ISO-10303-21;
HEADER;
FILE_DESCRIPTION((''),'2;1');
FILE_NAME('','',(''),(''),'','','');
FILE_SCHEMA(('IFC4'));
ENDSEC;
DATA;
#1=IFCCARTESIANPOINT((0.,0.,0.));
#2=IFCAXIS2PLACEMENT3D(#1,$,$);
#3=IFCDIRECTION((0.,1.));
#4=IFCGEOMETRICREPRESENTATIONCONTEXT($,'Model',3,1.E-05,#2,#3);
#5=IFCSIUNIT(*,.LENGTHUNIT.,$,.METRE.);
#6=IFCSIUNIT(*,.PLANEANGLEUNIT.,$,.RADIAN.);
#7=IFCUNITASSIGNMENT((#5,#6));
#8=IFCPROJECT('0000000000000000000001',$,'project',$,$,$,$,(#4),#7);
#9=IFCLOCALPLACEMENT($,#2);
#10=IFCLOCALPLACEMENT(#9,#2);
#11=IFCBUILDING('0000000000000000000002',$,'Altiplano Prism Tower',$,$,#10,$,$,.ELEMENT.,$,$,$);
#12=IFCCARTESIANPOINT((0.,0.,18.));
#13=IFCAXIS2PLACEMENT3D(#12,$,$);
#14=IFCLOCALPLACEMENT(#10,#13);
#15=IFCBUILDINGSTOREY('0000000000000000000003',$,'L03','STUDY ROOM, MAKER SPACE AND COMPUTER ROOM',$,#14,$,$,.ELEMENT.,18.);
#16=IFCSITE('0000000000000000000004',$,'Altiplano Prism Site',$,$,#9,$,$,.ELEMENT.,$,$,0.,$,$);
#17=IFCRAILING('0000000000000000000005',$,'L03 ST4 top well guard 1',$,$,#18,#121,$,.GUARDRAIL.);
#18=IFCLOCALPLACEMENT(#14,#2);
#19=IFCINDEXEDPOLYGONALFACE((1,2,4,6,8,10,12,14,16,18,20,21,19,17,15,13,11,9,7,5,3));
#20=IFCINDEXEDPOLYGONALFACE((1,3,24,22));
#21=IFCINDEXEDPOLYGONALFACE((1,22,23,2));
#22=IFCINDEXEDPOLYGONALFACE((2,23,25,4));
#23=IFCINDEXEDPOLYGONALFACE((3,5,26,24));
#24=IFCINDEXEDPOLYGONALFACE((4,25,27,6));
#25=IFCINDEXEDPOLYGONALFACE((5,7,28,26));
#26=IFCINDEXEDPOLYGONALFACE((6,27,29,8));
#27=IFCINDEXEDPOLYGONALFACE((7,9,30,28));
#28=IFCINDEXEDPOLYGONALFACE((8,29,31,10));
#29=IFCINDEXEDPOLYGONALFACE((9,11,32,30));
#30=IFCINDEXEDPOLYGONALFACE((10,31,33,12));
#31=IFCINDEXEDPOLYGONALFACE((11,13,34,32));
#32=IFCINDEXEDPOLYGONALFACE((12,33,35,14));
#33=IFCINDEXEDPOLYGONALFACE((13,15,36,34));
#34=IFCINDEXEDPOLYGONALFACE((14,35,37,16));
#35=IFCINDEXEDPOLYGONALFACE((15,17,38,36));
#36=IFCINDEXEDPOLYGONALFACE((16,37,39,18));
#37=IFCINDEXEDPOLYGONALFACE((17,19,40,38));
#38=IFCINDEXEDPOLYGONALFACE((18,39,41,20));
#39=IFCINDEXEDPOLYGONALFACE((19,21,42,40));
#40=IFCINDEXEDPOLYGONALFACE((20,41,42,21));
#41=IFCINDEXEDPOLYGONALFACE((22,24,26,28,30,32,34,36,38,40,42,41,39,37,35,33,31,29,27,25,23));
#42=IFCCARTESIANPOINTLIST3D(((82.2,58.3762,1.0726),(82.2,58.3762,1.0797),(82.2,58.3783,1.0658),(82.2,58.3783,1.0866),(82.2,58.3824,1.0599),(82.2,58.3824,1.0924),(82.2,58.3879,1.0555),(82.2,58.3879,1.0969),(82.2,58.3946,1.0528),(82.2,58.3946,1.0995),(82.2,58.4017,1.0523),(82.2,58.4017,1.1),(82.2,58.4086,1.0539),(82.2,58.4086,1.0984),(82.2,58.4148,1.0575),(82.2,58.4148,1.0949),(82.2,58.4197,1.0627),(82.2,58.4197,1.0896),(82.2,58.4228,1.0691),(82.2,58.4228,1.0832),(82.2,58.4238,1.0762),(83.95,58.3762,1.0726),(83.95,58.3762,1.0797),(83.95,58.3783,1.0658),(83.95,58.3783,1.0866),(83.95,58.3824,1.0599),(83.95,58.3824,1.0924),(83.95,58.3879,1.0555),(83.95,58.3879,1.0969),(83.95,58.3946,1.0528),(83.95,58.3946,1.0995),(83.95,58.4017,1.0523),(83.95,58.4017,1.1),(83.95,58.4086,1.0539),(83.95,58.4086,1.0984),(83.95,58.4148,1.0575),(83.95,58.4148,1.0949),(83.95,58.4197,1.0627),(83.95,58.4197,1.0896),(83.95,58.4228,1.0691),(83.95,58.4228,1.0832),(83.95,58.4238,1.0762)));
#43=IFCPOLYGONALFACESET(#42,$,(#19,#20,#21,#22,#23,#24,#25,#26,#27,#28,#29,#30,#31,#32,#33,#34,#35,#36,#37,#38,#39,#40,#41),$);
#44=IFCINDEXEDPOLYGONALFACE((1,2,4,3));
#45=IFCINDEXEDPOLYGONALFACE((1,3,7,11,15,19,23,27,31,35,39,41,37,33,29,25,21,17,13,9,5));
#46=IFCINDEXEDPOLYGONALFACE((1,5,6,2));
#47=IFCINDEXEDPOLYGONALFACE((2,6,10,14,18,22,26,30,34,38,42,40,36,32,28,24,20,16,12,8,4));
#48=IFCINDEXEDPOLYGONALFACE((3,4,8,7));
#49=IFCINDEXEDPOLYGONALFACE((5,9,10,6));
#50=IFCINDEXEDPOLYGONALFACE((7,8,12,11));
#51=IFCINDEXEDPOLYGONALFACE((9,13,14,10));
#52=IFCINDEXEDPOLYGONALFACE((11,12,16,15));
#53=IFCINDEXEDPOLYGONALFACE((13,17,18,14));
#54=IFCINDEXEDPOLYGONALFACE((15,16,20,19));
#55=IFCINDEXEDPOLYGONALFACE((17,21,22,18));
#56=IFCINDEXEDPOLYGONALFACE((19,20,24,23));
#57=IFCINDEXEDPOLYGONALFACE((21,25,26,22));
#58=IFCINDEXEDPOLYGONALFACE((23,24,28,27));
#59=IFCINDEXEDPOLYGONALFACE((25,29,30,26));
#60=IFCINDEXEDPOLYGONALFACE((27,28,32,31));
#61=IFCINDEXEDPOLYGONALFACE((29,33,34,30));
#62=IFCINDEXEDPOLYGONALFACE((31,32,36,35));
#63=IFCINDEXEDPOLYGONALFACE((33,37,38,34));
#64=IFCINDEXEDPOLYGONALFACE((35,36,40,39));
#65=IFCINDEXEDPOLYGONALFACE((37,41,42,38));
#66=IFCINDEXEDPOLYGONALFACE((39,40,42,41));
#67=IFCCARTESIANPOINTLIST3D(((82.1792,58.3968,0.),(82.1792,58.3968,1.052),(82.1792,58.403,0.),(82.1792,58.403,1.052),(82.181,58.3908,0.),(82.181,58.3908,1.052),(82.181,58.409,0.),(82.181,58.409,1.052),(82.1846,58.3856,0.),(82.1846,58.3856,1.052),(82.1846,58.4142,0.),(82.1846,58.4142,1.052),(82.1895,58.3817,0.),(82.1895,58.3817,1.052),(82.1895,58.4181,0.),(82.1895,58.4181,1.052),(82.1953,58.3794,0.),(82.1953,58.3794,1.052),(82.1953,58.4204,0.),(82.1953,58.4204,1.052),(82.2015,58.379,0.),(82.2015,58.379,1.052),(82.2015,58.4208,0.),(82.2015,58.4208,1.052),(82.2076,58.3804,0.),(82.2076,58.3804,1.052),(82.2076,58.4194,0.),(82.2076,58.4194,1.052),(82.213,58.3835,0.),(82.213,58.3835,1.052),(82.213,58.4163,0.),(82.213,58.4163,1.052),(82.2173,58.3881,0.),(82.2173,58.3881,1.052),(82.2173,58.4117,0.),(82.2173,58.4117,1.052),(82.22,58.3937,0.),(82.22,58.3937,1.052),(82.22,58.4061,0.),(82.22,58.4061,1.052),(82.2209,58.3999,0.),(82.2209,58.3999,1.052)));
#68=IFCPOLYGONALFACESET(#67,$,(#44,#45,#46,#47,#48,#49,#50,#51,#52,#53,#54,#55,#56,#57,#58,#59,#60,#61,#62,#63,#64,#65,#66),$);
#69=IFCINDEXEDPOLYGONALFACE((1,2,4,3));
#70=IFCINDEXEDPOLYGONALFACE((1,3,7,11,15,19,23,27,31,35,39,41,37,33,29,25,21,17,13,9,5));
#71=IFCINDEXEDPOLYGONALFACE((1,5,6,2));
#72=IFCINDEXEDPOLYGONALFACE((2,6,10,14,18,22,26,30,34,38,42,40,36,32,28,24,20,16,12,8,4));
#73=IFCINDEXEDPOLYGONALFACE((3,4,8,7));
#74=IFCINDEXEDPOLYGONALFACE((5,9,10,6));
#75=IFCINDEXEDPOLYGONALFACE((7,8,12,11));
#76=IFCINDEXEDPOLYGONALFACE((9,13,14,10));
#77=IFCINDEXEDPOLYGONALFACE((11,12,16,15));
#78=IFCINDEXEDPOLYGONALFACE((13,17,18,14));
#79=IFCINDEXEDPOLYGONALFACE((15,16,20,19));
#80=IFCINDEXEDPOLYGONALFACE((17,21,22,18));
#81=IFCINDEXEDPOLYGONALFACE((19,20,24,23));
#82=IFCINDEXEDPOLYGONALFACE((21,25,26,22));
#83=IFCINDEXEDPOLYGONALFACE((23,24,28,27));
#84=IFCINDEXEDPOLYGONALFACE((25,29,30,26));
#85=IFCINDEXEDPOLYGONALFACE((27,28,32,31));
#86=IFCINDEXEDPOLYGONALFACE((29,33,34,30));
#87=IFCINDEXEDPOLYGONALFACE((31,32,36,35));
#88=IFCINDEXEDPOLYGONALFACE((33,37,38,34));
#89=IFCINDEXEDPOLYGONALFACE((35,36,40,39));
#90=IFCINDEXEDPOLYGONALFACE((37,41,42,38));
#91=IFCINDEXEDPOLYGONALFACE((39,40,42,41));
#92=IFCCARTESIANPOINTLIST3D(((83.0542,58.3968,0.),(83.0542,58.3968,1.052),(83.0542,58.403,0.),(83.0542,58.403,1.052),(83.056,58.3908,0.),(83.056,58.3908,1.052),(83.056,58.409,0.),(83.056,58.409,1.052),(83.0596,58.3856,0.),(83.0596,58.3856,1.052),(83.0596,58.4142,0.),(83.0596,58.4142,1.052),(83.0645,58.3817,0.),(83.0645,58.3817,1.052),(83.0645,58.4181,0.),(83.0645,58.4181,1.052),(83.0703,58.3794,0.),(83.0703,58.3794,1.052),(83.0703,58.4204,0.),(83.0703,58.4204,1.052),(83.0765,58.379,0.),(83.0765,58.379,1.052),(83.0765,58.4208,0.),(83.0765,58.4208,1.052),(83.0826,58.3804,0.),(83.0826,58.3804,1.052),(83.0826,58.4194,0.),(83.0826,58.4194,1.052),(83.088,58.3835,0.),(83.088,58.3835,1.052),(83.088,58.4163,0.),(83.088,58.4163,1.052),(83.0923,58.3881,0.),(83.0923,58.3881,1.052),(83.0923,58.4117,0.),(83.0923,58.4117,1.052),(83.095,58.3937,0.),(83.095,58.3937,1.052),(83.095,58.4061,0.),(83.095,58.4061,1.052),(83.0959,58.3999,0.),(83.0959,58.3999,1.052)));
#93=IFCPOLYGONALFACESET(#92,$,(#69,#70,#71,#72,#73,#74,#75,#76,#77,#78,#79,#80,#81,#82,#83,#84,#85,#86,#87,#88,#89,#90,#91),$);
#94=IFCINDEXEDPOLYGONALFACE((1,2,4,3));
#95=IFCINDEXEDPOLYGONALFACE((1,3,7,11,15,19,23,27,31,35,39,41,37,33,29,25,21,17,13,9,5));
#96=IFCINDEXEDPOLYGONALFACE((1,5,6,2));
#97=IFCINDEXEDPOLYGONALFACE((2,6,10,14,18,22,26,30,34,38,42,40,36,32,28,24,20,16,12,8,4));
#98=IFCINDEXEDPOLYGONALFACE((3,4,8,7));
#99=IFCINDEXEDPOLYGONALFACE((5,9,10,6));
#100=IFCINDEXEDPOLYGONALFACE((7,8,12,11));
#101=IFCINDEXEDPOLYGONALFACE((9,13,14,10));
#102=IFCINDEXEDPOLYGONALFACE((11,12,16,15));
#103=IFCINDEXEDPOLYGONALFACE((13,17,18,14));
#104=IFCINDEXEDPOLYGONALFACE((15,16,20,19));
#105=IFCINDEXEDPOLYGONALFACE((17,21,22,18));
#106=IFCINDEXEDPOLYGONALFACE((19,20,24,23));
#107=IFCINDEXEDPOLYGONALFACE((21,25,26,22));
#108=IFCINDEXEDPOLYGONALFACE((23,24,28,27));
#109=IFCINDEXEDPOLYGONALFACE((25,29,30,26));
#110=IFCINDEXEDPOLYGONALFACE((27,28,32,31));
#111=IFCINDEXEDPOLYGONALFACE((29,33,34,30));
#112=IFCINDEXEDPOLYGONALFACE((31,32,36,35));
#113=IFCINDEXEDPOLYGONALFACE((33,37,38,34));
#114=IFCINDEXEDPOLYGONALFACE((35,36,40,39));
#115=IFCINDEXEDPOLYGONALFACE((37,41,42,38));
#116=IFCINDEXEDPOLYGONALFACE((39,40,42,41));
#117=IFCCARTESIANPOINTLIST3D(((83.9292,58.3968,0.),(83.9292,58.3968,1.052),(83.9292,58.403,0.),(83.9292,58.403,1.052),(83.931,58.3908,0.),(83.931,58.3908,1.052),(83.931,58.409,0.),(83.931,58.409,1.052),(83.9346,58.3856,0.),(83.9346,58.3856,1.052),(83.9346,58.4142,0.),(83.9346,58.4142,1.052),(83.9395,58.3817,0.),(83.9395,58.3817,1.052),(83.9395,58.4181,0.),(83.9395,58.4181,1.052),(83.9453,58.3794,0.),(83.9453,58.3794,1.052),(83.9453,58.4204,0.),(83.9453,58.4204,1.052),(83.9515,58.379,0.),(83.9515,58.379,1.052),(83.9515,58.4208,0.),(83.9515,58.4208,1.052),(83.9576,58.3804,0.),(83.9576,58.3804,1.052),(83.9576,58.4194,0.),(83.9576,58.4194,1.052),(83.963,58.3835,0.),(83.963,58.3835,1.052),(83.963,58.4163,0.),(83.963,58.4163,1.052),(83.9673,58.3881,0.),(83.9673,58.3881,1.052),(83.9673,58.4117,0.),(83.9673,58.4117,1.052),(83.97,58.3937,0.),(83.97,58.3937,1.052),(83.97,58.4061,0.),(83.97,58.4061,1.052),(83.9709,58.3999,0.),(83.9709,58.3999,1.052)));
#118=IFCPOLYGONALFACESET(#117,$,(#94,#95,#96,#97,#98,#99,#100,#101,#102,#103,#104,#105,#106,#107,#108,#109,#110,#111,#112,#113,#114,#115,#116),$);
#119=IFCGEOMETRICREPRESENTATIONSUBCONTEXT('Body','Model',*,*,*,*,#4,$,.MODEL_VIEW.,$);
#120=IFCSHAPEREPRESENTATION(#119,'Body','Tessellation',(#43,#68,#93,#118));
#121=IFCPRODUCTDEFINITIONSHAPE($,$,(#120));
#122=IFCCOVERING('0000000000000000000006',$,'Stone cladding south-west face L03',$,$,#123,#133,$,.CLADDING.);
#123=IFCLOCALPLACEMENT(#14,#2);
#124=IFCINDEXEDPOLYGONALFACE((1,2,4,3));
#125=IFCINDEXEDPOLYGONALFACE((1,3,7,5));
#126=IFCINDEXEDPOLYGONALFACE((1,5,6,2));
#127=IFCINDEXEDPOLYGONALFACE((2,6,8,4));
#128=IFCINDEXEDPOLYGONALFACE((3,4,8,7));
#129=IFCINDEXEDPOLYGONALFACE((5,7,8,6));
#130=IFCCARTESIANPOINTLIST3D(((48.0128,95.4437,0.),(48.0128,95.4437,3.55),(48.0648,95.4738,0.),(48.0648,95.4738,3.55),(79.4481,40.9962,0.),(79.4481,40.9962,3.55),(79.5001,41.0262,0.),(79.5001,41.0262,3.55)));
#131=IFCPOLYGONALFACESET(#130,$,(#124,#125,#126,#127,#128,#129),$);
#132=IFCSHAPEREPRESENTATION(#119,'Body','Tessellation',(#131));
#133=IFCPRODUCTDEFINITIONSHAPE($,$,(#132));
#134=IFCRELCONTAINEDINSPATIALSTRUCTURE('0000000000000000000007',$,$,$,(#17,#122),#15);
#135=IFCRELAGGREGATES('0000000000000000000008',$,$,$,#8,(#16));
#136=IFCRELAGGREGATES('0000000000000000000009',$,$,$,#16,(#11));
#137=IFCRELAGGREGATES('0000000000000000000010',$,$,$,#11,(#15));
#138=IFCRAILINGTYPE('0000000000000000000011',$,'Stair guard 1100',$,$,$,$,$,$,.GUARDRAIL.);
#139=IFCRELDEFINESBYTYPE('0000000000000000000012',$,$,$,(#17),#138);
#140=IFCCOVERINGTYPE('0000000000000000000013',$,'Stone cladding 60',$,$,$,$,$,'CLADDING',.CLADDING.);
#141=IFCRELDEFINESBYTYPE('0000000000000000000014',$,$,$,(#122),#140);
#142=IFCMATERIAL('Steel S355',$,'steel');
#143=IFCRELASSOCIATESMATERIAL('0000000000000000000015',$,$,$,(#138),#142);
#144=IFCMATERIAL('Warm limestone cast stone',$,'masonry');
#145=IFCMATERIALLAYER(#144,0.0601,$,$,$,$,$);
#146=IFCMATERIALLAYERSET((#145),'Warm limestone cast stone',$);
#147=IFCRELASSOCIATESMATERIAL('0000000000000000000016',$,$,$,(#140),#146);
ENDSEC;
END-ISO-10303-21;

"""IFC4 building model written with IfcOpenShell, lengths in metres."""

from ifc_helpers import new_model, si_unit, direction, frame, frame_2d, origin, origin_2d, place, context, subcontext, project, spatial, rectangle, circle, extrude, material, layer, layer_set, type_object, element, save


model = new_model("IFC4")

# Units and contexts
model_context = context("Model", 3, precision=1e-05, world=origin(), true_north=direction((0.0, 1.0)))
body_context = subcontext(model_context, "Body", "Model", "MODEL_VIEW")
ifc_project = project(units=[si_unit("LENGTHUNIT", "METRE"), si_unit("PLANEANGLEUNIT", "RADIAN")], contexts=[model_context])

# Site, building, storey
site_placement = place(None, origin())
site = spatial("IfcSite", under=ifc_project, at=site_placement, Name="Altiplano Prism Site", CompositionType="ELEMENT", RefElevation=0.0)
building_placement = place(site_placement, origin())
building = spatial("IfcBuilding", under=site, at=building_placement, Name="Altiplano Prism Tower", CompositionType="ELEMENT")
storey_placement = place(building_placement, frame((0.0, 0.0, 18.0)))
storey = spatial("IfcBuildingStorey", under=building, at=storey_placement, Name="L03", Description="STUDY ROOM, MAKER SPACE AND COMPUTER ROOM", CompositionType="ELEMENT", Elevation=18.0)

# Railing
ifc_material_1 = material(Name="Steel S355", Category="steel")
railing_type = type_object("IfcRailingType", Name="Stair guard 1100", PredefinedType="GUARDRAIL", material=ifc_material_1)
railing_placement = place(storey_placement, frame((82.2, 58.3999, 0.0)))
element("IfcRailing", 1, at=railing_placement, inside=storey, type_object=railing_type, Name="L03 ST4 top well guard 1", PredefinedType="GUARDRAIL", context=body_context, shape_type="SweptSolid", body=[
    extrude(circle(Radius=0.0239, at=origin_2d()), frame((0.0, 0.0, 1.0762), z_axis=(1.0, 0.0, 0.0), x_axis=(0.0, 1.0, 0.0)), (0.0, 0.0, 1.0), 1.75),
    extrude(circle(Radius=0.021, at=origin_2d()), origin(), (0.0, 0.0, 1.0), 1.052),
    extrude(circle(Radius=0.021, at=origin_2d()), frame((0.875, 0.0, 0.0)), (0.0, 0.0, 1.0), 1.052),
    extrude(circle(Radius=0.021, at=origin_2d()), frame((1.75, 0.0, 0.0)), (0.0, 0.0, 1.0), 1.052),
])

# Covering
ifc_material_2 = material(Name="Warm limestone cast stone", Category="masonry")
ifc_layer_1 = layer(ifc_material_2, 0.0601)
ifc_layer_set_1 = layer_set([ifc_layer_1], Name="Warm limestone cast stone")
covering_type = type_object("IfcCoveringType", Name="Stone cladding 60", ElementType="CLADDING", PredefinedType="CLADDING", material=ifc_layer_set_1)
covering_placement = place(storey_placement, frame((79.4741, 41.0112, 0.0), z_axis=(0.0, 0.0, 1.0), x_axis=(-0.5, 0.866025, 0.0)))
element("IfcCovering", 2, at=covering_placement, inside=storey, type_object=covering_type, Name="Stone cladding south-west face L03", PredefinedType="CLADDING", context=body_context, shape_type="SweptSolid", body=[
    extrude(rectangle(XDim=62.8706, YDim=0.0601, at=frame_2d((31.4353, 0.0))), origin(), (0.0, 0.0, 1.0), 3.55),
])

save(model, "model.ifc")
